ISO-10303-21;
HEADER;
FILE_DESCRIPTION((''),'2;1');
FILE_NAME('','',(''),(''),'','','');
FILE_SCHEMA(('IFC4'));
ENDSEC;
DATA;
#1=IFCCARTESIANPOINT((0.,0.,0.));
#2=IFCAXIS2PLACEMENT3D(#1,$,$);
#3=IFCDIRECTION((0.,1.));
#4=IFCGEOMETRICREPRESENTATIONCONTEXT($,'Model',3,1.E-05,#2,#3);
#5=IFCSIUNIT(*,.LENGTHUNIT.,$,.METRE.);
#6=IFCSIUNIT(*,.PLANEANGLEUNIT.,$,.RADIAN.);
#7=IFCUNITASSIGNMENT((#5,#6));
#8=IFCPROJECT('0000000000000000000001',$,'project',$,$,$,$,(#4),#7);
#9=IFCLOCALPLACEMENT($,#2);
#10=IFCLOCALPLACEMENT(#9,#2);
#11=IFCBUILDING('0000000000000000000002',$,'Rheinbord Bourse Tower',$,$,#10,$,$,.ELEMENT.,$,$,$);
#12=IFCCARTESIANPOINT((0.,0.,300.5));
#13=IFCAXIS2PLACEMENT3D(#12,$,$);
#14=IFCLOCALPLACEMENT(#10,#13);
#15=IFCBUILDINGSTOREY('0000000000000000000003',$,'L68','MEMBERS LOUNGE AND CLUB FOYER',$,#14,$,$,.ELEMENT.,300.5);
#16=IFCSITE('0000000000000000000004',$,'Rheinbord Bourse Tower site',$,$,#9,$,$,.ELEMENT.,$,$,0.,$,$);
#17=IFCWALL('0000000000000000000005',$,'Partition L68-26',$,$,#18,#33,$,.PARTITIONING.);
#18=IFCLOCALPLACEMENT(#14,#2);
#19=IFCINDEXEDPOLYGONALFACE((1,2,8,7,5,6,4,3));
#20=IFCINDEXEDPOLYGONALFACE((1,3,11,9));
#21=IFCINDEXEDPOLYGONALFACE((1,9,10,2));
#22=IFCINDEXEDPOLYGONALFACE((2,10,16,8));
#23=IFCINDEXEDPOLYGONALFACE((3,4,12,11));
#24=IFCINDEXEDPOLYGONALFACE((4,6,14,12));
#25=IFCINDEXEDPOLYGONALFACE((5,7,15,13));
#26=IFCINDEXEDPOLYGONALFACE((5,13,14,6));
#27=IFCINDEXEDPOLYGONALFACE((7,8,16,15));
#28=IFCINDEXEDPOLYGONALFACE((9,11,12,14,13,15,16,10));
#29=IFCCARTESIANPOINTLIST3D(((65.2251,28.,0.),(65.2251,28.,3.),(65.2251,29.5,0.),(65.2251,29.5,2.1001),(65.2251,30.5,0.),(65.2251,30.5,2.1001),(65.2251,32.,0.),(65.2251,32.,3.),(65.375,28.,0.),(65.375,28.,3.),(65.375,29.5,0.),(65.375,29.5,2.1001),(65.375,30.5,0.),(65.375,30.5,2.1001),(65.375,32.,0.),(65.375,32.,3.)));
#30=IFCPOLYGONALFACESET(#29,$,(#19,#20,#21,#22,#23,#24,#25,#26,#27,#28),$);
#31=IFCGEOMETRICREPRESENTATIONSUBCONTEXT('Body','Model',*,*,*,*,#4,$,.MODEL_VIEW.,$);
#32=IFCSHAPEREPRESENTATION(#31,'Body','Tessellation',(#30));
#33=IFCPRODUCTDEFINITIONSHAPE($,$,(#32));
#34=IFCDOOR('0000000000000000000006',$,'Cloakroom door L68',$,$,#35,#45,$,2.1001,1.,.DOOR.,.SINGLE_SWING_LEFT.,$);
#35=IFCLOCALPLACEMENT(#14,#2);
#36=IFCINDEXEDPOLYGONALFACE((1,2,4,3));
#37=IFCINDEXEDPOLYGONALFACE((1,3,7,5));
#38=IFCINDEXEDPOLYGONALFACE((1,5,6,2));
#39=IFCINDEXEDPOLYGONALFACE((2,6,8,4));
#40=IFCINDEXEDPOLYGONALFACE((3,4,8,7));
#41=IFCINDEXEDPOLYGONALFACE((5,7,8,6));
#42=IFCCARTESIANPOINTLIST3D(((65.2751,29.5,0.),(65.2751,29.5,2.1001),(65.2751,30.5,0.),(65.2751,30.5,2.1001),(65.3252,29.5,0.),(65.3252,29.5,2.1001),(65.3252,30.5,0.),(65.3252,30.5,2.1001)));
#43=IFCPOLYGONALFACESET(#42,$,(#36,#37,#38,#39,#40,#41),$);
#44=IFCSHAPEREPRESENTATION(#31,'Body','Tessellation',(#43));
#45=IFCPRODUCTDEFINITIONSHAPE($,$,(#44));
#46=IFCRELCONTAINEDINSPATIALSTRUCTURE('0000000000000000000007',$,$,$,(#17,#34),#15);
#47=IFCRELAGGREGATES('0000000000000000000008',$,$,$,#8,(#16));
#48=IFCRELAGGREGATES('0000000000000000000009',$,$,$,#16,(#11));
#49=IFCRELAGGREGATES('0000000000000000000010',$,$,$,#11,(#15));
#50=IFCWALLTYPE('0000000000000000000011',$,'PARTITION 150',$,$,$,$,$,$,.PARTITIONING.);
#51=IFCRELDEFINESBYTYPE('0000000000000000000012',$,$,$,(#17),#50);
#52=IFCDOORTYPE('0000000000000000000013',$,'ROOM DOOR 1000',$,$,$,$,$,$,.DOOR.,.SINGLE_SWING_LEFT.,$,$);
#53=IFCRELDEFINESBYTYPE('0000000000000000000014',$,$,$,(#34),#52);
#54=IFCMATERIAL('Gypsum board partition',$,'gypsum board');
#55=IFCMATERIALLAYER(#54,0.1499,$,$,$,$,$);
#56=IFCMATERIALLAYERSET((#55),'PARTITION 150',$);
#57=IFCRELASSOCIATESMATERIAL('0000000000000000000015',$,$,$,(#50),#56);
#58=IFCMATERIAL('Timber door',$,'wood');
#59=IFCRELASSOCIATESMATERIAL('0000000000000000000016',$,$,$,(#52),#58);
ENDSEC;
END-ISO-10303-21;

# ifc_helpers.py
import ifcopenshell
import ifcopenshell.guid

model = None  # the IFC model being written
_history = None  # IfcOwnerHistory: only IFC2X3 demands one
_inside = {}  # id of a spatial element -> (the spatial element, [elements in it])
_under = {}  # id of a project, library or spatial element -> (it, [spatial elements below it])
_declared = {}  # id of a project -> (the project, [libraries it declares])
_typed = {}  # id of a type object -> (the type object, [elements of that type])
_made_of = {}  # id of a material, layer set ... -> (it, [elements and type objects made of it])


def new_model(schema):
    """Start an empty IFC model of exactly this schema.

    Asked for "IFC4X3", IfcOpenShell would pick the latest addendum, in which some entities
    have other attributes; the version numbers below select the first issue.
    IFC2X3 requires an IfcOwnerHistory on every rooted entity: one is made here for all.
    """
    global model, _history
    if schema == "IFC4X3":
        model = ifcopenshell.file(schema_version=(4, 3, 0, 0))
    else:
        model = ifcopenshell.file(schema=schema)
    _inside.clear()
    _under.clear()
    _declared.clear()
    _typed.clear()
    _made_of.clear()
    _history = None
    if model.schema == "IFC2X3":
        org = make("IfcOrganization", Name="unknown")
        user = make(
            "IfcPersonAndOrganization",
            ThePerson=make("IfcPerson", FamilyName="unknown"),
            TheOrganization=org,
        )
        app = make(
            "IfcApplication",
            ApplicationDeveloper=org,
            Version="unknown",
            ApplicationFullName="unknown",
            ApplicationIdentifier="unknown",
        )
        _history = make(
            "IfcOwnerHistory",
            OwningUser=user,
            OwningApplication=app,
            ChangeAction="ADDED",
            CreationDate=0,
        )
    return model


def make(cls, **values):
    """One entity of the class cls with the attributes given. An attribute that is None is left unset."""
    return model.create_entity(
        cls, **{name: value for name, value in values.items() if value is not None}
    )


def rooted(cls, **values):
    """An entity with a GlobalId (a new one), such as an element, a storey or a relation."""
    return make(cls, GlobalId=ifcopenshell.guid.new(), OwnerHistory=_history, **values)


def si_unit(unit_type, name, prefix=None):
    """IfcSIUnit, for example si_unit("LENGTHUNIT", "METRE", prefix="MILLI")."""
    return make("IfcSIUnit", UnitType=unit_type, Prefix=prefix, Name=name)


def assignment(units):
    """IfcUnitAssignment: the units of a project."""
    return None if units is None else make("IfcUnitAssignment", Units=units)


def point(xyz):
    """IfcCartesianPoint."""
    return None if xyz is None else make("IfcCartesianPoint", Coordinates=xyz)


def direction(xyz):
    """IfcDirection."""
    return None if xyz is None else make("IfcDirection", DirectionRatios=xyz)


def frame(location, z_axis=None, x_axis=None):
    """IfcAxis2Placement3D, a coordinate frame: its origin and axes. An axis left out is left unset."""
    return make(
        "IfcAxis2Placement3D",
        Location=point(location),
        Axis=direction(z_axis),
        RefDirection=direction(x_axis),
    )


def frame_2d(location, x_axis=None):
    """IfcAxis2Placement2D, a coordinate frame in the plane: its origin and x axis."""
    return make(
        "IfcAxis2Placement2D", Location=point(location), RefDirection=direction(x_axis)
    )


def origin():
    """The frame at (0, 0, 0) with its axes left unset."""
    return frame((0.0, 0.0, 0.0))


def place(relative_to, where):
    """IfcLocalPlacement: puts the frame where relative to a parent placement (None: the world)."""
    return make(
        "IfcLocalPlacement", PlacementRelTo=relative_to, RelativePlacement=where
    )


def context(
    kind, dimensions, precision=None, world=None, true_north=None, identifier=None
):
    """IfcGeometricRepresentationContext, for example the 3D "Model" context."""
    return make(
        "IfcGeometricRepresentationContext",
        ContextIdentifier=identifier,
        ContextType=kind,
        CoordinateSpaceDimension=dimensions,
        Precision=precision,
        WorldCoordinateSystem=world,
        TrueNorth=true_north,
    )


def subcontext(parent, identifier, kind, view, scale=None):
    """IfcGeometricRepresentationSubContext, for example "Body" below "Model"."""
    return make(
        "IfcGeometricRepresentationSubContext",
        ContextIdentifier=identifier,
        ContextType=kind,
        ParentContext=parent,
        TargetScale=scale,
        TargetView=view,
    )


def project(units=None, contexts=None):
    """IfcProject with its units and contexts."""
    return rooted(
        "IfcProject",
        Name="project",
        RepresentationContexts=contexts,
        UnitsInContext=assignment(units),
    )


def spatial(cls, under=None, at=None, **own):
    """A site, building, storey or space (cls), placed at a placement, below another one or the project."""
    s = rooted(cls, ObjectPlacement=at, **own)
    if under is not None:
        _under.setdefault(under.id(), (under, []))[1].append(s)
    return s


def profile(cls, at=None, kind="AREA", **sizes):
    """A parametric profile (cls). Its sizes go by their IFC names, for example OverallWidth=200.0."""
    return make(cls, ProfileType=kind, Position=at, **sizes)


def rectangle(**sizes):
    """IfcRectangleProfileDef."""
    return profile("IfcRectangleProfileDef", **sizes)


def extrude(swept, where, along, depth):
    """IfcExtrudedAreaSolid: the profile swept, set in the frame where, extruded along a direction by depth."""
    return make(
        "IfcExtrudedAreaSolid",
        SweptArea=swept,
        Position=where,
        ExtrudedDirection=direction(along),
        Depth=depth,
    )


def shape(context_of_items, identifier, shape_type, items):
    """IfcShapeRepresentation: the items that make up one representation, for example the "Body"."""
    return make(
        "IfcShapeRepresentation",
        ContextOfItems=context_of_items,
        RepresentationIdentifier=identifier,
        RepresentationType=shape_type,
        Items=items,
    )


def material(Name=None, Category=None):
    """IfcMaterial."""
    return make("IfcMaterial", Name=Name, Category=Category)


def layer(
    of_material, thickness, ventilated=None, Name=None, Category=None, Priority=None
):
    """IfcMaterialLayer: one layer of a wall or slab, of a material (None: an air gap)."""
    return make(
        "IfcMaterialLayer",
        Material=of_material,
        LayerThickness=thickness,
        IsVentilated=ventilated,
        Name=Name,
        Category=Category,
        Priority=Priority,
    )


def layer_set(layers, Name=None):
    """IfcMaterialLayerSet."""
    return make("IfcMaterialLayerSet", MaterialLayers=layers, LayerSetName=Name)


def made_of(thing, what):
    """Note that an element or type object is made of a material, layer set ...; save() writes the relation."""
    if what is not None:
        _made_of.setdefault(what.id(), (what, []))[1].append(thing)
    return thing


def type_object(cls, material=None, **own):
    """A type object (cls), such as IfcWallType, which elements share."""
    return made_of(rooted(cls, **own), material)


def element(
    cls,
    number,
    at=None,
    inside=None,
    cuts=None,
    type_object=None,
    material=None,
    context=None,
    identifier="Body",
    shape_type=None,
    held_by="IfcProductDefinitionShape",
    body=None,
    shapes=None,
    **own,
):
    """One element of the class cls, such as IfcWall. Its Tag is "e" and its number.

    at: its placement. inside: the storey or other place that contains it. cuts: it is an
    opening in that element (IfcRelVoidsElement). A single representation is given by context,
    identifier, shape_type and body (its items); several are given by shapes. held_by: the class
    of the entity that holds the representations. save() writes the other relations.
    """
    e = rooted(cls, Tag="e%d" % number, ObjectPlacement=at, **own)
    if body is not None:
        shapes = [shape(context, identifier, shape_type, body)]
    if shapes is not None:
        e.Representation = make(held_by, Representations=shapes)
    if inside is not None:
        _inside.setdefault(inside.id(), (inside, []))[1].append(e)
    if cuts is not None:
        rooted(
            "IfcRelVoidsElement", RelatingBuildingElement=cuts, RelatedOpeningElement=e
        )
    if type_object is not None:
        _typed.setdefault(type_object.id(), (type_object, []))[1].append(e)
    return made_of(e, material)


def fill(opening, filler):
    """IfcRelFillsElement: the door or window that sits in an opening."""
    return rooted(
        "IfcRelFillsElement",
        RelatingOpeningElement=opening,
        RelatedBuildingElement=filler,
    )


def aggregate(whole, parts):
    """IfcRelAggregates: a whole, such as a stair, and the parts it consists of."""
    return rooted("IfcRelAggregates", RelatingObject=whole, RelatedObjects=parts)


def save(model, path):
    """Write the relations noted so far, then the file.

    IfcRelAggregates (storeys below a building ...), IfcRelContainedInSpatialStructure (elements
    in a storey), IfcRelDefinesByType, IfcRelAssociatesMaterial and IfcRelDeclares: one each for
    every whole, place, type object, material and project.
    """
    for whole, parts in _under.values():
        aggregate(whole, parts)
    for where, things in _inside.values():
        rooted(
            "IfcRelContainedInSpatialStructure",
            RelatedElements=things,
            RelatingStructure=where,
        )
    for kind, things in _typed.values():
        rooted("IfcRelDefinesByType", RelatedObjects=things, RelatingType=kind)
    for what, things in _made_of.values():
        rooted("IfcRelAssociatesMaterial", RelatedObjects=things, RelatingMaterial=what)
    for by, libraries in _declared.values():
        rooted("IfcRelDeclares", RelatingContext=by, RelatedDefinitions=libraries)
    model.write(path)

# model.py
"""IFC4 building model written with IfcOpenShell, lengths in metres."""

from ifc_helpers import new_model, si_unit, direction, frame, frame_2d, origin, place, context, subcontext, project, spatial, rectangle, extrude, material, layer, layer_set, type_object, element, fill, save


model = new_model("IFC4")

# Units and contexts
model_context = context("Model", 3, precision=1e-05, world=origin(), true_north=direction((0.0, 1.0)))
body_context = subcontext(model_context, "Body", "Model", "MODEL_VIEW")
ifc_project = project(units=[si_unit("LENGTHUNIT", "METRE"), si_unit("PLANEANGLEUNIT", "RADIAN")], contexts=[model_context])

# Site, building, storey
site_placement = place(None, origin())
site = spatial("IfcSite", under=ifc_project, at=site_placement, Name="Rheinbord Bourse Tower site", CompositionType="ELEMENT", RefElevation=0.0)
building_placement = place(site_placement, origin())
building = spatial("IfcBuilding", under=site, at=building_placement, Name="Rheinbord Bourse Tower", CompositionType="ELEMENT")
storey_placement = place(building_placement, frame((0.0, 0.0, 300.5)))
storey = spatial("IfcBuildingStorey", under=building, at=storey_placement, Name="L68", Description="MEMBERS LOUNGE AND CLUB FOYER", CompositionType="ELEMENT", Elevation=300.5)

# Shared definitions
ifc_material_1 = material(Name="Gypsum board partition", Category="gypsum board")
ifc_layer_1 = layer(ifc_material_1, 0.1499)
ifc_layer_set_1 = layer_set([ifc_layer_1], Name="PARTITION 150")
wall_type_1 = type_object("IfcWallType", Name="PARTITION 150", PredefinedType="PARTITIONING", material=ifc_layer_set_1)

# Wall, opening, door
wall_1_placement = place(storey_placement, frame((65.3, 28.0, 0.0), z_axis=(0.0, 0.0, 1.0), x_axis=(0.0, 1.0, 0.0)))
wall_1 = element("IfcWall", 1, at=wall_1_placement, inside=storey, type_object=wall_type_1, Name="Partition L68-26", PredefinedType="PARTITIONING", context=body_context, shape_type="SweptSolid", body=[
    extrude(rectangle(XDim=4.0, YDim=0.1499, at=frame_2d((2.0, 0.0))), origin(), (0.0, 0.0, 1.0), 3.0),
])
opening_placement = place(wall_1_placement, frame((1.5, 0.0, 0.0)))
opening = element("IfcOpeningElement", 2, at=opening_placement, cuts=wall_1, PredefinedType="OPENING", context=body_context, shape_type="SweptSolid", body=[
    extrude(rectangle(XDim=1.0, YDim=2.1001, at=frame_2d((0.5, 1.05))), frame((0.0, 0.085, 0.0), z_axis=(0.0, -1.0, 0.0), x_axis=(1.0, 0.0, 0.0)), (0.0, 0.0, 1.0), 0.1699),
])
ifc_material_2 = material(Name="Timber door", Category="wood")
door_type = type_object("IfcDoorType", Name="ROOM DOOR 1000", OperationType="SINGLE_SWING_LEFT", PredefinedType="DOOR", material=ifc_material_2)
door_placement = place(opening_placement, origin())
door = element("IfcDoor", 3, at=door_placement, inside=storey, type_object=door_type, Name="Cloakroom door L68", OperationType="SINGLE_SWING_LEFT", OverallHeight=2.1001, OverallWidth=1.0, PredefinedType="DOOR", context=body_context, shape_type="SweptSolid", body=[
    extrude(rectangle(XDim=1.0, YDim=2.1001, at=frame_2d((0.5, 1.05))), frame((0.0, 0.0249, 0.0), z_axis=(0.0, -1.0, 0.0), x_axis=(1.0, 0.0, 0.0)), (0.0, 0.0, 1.0), 0.05),
])
fill(opening, door)

save(model, "model.ifc")
